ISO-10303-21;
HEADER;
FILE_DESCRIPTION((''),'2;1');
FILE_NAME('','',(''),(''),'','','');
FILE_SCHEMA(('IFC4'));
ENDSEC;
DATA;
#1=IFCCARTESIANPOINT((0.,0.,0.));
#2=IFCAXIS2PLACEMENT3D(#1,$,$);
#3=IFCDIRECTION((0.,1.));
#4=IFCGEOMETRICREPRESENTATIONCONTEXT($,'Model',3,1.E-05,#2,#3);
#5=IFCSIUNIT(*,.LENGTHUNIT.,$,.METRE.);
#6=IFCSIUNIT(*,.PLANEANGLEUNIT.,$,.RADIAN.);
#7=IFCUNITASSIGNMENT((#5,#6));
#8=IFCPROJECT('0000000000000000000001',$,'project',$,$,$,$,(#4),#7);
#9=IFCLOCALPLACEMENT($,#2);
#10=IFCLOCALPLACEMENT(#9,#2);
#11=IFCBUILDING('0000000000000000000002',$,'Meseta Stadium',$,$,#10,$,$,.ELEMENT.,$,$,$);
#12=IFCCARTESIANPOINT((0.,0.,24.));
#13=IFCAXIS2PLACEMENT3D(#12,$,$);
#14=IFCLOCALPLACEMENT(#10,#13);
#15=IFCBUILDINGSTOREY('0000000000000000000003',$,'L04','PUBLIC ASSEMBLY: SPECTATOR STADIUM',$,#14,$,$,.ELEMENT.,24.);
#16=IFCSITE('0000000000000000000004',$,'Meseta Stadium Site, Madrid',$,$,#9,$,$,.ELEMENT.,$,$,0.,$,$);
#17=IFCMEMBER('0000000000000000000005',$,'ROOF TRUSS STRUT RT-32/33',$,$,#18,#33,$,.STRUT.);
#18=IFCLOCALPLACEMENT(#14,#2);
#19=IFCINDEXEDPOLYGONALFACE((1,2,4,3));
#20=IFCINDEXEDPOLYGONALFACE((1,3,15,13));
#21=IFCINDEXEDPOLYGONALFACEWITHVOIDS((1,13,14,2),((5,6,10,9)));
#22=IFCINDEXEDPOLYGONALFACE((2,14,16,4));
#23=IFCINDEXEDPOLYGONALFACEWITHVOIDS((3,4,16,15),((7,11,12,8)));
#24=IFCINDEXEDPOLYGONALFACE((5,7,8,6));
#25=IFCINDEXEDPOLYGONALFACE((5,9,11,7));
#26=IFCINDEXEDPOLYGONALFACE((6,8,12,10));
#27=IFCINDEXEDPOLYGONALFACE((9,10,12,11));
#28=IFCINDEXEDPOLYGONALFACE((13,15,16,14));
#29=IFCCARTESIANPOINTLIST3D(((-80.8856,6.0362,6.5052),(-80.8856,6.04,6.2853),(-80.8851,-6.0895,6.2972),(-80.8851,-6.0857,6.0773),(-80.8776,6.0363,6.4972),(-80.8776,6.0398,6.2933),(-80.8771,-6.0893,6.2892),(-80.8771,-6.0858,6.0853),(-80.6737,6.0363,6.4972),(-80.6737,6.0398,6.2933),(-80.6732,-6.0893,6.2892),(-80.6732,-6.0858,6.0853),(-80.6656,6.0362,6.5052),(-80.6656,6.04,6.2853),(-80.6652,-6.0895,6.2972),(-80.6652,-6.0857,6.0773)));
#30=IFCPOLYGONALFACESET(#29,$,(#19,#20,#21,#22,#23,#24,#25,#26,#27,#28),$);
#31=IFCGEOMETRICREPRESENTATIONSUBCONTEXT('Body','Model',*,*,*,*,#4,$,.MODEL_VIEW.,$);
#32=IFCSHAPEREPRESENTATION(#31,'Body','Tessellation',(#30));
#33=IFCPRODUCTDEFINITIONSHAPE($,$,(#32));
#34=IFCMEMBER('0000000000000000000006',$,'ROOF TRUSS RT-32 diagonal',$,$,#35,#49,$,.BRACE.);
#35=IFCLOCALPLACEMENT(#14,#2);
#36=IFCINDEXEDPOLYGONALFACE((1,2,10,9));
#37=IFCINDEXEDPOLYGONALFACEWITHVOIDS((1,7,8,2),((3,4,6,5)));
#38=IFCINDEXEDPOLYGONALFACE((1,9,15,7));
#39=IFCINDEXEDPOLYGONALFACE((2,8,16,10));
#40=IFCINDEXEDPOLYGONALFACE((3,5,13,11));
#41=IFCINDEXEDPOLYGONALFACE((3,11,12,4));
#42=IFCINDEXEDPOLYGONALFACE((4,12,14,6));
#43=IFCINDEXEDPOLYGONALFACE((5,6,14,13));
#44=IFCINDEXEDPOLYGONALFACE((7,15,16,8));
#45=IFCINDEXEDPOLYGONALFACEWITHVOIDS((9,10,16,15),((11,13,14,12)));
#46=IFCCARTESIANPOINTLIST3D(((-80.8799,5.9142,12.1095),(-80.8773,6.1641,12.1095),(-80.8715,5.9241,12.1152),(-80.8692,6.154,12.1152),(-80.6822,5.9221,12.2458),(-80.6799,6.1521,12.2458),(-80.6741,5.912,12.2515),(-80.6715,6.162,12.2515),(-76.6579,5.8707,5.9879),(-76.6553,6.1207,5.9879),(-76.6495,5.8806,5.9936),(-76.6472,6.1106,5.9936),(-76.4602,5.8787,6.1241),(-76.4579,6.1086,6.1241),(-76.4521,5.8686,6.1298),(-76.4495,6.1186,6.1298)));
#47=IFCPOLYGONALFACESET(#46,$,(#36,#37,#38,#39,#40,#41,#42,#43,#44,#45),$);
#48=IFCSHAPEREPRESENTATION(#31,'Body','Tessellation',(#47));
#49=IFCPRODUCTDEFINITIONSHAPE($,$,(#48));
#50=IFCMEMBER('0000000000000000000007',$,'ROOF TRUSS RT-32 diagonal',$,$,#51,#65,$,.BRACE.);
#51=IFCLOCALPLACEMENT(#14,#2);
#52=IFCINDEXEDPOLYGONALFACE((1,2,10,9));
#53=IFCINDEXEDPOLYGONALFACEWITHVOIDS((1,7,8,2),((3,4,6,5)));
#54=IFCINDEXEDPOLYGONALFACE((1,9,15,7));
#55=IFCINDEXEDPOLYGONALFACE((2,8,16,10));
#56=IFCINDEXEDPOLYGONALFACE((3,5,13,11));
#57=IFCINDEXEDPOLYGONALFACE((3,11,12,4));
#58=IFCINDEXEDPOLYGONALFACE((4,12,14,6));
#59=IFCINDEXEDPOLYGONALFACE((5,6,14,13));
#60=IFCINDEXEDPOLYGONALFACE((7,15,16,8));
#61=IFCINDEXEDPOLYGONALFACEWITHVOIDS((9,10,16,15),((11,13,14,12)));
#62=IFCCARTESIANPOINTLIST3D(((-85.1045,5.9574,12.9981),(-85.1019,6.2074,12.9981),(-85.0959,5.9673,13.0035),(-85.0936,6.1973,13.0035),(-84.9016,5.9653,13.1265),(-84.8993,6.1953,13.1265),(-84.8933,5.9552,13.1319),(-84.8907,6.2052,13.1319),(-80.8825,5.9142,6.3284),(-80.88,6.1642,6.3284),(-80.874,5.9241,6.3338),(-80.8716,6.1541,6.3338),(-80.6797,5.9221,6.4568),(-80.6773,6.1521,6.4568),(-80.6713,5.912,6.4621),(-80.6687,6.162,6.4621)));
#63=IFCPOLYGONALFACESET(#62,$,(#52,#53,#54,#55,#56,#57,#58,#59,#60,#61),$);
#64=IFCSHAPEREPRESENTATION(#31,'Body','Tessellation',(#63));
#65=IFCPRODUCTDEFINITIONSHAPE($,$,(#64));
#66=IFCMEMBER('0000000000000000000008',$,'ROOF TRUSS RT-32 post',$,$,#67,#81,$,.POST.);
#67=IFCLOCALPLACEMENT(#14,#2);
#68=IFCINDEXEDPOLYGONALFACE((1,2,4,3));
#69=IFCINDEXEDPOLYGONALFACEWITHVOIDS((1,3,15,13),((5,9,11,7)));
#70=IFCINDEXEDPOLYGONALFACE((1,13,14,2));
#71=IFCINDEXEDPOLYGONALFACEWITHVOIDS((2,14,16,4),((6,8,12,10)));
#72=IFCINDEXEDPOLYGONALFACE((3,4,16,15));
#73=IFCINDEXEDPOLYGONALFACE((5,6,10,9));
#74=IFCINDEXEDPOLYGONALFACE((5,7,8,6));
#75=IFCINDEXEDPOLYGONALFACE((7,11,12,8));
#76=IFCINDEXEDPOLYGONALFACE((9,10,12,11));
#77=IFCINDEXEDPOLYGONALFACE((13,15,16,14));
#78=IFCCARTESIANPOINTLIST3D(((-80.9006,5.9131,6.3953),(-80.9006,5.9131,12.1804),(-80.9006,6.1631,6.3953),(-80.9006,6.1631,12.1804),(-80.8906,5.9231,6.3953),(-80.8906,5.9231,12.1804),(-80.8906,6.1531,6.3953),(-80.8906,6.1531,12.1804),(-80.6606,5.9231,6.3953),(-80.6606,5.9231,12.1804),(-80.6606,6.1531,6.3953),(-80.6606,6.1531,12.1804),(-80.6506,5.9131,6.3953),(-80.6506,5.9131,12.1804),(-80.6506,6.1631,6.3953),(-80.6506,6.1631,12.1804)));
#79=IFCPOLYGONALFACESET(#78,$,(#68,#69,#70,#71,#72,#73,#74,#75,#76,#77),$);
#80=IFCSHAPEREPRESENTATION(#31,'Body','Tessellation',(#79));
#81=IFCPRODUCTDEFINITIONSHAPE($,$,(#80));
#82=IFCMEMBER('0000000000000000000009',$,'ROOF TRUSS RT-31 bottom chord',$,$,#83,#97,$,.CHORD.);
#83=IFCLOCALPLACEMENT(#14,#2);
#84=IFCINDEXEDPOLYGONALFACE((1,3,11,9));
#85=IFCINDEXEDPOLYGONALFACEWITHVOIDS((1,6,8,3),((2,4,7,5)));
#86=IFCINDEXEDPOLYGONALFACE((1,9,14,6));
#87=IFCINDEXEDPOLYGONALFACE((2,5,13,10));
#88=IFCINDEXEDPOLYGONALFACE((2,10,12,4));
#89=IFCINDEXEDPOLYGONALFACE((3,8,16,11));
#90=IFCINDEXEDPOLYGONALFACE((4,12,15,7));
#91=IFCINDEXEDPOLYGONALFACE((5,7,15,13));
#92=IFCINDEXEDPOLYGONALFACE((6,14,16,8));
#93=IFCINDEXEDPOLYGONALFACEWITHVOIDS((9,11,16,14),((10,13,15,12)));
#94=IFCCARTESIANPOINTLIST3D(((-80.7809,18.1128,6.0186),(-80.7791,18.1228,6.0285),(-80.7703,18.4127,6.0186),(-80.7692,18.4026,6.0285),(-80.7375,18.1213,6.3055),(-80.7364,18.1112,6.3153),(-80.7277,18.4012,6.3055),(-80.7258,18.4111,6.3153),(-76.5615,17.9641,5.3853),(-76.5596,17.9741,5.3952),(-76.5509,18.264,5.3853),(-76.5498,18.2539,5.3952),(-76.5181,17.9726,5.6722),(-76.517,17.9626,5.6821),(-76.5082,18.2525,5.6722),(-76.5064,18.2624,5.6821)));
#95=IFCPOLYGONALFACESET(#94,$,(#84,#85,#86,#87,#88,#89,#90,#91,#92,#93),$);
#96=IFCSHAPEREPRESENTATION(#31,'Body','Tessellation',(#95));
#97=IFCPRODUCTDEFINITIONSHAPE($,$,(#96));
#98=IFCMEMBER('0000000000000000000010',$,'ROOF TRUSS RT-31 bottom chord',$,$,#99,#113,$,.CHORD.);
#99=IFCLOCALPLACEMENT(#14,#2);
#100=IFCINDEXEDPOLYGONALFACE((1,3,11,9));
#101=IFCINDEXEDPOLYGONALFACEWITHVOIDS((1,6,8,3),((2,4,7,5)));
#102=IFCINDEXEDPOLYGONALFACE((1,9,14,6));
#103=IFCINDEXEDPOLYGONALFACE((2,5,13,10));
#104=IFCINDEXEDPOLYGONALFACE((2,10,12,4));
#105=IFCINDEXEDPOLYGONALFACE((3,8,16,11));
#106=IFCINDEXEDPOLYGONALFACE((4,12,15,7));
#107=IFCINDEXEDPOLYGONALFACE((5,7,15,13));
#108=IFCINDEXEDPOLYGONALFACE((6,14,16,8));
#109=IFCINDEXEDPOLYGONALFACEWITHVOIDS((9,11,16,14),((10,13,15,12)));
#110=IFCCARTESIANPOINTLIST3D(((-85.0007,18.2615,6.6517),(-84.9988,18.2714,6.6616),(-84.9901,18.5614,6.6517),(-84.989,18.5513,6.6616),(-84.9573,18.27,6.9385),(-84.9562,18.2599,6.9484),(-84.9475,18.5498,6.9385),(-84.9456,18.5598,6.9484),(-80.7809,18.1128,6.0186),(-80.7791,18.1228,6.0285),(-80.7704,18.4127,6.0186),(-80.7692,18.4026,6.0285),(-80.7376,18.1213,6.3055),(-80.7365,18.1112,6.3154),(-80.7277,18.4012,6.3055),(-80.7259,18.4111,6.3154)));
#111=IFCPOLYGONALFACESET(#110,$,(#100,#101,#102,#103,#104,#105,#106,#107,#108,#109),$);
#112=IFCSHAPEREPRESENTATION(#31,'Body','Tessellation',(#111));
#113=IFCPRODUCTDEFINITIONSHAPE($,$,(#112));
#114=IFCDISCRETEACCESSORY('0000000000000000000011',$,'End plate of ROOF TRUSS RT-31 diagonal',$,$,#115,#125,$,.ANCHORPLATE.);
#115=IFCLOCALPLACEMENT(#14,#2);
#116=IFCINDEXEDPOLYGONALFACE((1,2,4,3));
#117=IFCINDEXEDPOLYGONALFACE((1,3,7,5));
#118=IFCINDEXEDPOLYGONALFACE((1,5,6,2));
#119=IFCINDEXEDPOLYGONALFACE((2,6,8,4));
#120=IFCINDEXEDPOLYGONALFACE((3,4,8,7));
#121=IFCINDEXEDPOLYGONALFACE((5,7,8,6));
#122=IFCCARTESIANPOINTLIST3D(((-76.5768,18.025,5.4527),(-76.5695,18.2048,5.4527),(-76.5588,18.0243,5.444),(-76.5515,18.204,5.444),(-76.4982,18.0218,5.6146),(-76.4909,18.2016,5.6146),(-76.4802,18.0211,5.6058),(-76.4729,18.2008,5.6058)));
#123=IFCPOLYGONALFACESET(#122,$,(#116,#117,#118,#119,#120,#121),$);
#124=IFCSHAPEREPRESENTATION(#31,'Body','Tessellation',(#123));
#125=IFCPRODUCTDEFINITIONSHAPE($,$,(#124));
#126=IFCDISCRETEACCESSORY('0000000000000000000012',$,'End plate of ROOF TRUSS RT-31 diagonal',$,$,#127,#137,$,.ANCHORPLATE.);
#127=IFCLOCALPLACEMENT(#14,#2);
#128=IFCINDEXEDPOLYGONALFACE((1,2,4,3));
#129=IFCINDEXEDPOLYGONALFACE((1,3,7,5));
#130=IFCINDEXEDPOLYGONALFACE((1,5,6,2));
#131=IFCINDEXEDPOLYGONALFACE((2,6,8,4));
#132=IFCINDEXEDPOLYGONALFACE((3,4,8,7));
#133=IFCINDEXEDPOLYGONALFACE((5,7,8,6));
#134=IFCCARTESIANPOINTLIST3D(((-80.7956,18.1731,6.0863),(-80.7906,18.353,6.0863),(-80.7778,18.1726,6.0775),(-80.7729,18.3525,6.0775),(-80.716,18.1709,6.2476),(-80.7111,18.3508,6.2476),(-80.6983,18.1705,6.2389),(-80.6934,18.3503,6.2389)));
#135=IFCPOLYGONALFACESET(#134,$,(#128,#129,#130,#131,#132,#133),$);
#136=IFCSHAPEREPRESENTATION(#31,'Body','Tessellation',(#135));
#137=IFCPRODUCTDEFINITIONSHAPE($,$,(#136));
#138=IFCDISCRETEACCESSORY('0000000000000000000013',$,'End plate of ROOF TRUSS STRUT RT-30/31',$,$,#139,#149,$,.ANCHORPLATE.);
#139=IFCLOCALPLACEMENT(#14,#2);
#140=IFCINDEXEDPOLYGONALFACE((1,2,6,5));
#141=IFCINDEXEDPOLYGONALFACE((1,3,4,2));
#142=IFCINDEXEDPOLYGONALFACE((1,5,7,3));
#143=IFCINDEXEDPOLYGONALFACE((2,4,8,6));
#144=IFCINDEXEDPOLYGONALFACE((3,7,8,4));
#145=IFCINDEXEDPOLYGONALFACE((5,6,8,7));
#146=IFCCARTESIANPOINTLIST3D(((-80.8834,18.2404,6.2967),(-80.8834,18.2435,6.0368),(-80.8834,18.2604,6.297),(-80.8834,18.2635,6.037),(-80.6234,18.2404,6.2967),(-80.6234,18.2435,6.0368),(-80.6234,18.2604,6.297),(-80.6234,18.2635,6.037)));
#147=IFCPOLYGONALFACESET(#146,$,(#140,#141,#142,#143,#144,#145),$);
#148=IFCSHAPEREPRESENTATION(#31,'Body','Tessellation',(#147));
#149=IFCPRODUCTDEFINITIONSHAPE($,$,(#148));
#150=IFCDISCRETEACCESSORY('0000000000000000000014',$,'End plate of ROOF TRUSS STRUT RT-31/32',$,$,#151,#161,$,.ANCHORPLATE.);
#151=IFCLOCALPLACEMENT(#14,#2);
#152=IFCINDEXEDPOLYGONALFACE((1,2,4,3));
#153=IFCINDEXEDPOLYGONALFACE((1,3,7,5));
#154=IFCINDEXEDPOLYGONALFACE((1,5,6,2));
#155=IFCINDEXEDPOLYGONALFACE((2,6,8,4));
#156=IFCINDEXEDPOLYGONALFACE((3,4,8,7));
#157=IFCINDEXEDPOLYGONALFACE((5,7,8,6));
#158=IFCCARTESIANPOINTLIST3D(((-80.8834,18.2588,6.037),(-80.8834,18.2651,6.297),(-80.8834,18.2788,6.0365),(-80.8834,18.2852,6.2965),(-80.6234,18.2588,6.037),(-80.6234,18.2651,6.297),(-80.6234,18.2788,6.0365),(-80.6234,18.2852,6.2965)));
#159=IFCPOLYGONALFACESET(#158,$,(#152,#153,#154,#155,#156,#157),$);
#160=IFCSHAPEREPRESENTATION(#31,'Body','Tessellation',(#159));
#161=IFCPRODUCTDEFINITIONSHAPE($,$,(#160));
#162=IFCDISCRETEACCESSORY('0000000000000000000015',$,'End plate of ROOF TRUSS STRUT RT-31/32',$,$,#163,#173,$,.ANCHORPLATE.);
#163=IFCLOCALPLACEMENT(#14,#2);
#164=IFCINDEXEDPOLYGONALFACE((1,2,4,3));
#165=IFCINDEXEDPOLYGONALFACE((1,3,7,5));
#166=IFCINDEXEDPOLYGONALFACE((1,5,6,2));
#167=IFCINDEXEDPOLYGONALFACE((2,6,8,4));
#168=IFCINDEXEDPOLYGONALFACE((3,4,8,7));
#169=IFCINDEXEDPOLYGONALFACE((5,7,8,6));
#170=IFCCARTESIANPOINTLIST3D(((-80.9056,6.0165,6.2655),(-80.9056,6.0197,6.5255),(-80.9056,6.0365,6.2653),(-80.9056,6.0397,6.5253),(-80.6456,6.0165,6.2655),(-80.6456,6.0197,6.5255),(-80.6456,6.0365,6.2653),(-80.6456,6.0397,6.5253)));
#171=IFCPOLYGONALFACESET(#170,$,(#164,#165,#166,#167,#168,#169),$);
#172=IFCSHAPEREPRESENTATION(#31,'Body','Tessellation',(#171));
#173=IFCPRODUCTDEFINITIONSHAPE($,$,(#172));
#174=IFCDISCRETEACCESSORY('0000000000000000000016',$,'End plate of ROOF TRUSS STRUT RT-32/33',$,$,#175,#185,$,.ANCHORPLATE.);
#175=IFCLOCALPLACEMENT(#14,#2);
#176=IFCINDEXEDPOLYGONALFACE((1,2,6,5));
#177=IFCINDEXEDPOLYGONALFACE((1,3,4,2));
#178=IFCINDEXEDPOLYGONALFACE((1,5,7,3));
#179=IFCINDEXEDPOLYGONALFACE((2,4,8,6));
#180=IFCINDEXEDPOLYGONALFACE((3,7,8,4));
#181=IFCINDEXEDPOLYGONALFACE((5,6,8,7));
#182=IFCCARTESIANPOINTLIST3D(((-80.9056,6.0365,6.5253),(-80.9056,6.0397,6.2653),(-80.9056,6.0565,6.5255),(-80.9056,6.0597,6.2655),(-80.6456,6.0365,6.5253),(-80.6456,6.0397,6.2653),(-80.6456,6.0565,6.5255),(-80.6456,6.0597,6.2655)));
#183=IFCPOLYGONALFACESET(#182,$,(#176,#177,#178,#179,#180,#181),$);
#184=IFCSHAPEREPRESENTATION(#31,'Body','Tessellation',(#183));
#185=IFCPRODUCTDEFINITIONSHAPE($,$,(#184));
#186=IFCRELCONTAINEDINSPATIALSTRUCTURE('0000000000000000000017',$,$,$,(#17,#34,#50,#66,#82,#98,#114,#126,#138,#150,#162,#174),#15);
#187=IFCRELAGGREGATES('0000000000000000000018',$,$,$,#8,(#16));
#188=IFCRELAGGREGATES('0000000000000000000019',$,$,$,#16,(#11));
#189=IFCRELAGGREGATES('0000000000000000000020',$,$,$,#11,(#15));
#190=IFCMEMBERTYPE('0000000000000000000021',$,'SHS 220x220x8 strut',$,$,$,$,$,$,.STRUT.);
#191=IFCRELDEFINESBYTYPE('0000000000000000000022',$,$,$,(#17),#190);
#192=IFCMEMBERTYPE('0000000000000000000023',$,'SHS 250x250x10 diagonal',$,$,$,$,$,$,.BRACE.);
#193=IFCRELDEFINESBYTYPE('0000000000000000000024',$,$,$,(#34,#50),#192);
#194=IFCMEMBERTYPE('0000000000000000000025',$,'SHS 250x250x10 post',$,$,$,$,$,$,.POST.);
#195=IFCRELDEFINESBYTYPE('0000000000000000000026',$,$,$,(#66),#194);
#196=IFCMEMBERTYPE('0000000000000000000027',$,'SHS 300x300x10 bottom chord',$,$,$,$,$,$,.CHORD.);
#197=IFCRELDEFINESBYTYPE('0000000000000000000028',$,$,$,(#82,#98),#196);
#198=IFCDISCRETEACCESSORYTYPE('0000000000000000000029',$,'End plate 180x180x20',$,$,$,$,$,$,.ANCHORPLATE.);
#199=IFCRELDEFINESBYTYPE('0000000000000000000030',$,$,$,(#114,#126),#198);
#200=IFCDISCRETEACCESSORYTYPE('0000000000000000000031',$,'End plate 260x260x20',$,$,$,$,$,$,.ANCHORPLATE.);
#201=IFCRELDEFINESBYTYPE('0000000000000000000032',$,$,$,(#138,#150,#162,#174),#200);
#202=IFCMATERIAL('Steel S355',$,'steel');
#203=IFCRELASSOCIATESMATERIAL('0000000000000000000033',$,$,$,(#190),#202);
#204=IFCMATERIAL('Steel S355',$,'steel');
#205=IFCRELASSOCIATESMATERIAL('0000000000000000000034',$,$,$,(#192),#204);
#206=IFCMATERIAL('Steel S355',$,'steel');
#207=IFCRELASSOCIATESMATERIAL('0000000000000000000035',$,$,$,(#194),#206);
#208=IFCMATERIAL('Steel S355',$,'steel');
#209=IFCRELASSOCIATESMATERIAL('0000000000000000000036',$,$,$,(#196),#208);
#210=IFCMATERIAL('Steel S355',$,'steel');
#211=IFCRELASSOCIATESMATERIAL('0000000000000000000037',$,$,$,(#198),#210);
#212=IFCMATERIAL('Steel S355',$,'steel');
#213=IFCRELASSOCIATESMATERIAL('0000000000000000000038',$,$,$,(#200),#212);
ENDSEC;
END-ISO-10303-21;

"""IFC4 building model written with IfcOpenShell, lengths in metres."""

from ifc_helpers import new_model, si_unit, direction, frame, origin, origin_2d, place, context, subcontext, project, spatial, rectangle, hollow_rectangle, extrude, material, material_profile, profile_set, type_object, element, save


model = new_model("IFC4")

# Units and contexts
model_context = context("Model", 3, precision=1e-05, world=origin(), true_north=direction((0.0, 1.0)))
body_context = subcontext(model_context, "Body", "Model", "MODEL_VIEW")
ifc_project = project(units=[si_unit("LENGTHUNIT", "METRE"), si_unit("PLANEANGLEUNIT", "RADIAN")], contexts=[model_context])

# Site, building, storey
site_placement = place(None, origin())
site = spatial("IfcSite", under=ifc_project, at=site_placement, Name="Meseta Stadium Site, Madrid", CompositionType="ELEMENT", RefElevation=0.0)
building_placement = place(site_placement, origin())
building = spatial("IfcBuilding", under=site, at=building_placement, Name="Meseta Stadium", CompositionType="ELEMENT")
storey_placement = place(building_placement, frame((0.0, 0.0, 24.0)))
storey = spatial("IfcBuildingStorey", under=building, at=storey_placement, Name="L04", Description="PUBLIC ASSEMBLY: SPECTATOR STADIUM", CompositionType="ELEMENT", Elevation=24.0)

# Members
ifc_material_1 = material(Name="Steel S355", Category="steel")
ifc_material_profile_1 = material_profile(ifc_material_1, hollow_rectangle(XDim=0.22, YDim=0.22, WallThickness=0.0081, at=origin_2d()), Name="SHS 220x220x8")
ifc_profile_set_1 = profile_set([ifc_material_profile_1], Name="Steel S355")
member_type_1 = type_object("IfcMemberType", Name="SHS 220x220x8 strut", PredefinedType="STRUT", material=ifc_profile_set_1)
member_1_placement = place(storey_placement, frame((-80.7756, 6.0381, 6.3953), z_axis=(0.00004, -0.999853, -0.017152), x_axis=(1.0, 0.00004, 0.0)))
element("IfcMember", 1, at=member_1_placement, inside=storey, type_object=member_type_1, Name="ROOF TRUSS STRUT RT-32/33", PredefinedType="STRUT", context=body_context, shape_type="SweptSolid", body=[
    extrude(hollow_rectangle(XDim=0.22, YDim=0.22, WallThickness=0.0081, at=origin_2d()), origin(), (0.0, 0.0, 1.0), 12.1274),
])
ifc_material_2 = material(Name="Steel S355", Category="steel")
ifc_material_profile_2 = material_profile(ifc_material_2, hollow_rectangle(XDim=0.25, YDim=0.25, WallThickness=0.01, at=origin_2d()), Name="SHS 250x250x10")
ifc_profile_set_2 = profile_set([ifc_material_profile_2], Name="Steel S355")
member_type_2 = type_object("IfcMemberType", Name="SHS 250x250x10 diagonal", PredefinedType="BRACE", material=ifc_profile_set_2)
member_2_placement = place(storey_placement, frame((-76.5537, 5.9946, 6.0588), z_axis=(-0.567736, 0.005844, 0.82319), x_axis=(-0.010293, -0.999947, 0.0)))
element("IfcMember", 2, at=member_2_placement, inside=storey, type_object=member_type_2, Name="ROOF TRUSS RT-32 diagonal", PredefinedType="BRACE", context=body_context, shape_type="SweptSolid", body=[
    extrude(hollow_rectangle(XDim=0.25, YDim=0.25, WallThickness=0.01, at=origin_2d()), origin(), (0.0, 0.0, 1.0), 7.4365),
])
member_3_placement = place(storey_placement, frame((-80.7756, 6.0381, 6.3953), z_axis=(-0.534845, 0.005474, 0.844933), x_axis=(-0.010235, -0.999948, 0.0)))
element("IfcMember", 3, at=member_3_placement, inside=storey, type_object=member_type_2, Name="ROOF TRUSS RT-32 diagonal", PredefinedType="BRACE", context=body_context, shape_type="SweptSolid", body=[
    extrude(hollow_rectangle(XDim=0.25, YDim=0.25, WallThickness=0.01, at=origin_2d()), origin(), (0.0, 0.0, 1.0), 7.8938),
])
ifc_material_3 = material(Name="Steel S355", Category="steel")
ifc_material_profile_3 = material_profile(ifc_material_3, hollow_rectangle(XDim=0.25, YDim=0.25, WallThickness=0.01, at=origin_2d()), Name="SHS 250x250x10")
ifc_profile_set_3 = profile_set([ifc_material_profile_3], Name="Steel S355")
member_type_3 = type_object("IfcMemberType", Name="SHS 250x250x10 post", PredefinedType="POST", material=ifc_profile_set_3)
member_4_placement = place(storey_placement, frame((-80.7756, 6.0381, 6.3953), z_axis=(0.0, 0.0, 1.0), x_axis=(1.0, 0.0, 0.0)))
element("IfcMember", 4, at=member_4_placement, inside=storey, type_object=member_type_3, Name="ROOF TRUSS RT-32 post", PredefinedType="POST", context=body_context, shape_type="SweptSolid", body=[
    extrude(hollow_rectangle(XDim=0.25, YDim=0.25, WallThickness=0.01, at=origin_2d()), origin(), (0.0, 0.0, 1.0), 5.7852),
])
ifc_material_4 = material(Name="Steel S355", Category="steel")
ifc_material_profile_4 = material_profile(ifc_material_4, hollow_rectangle(XDim=0.3, YDim=0.3, WallThickness=0.01, at=origin_2d()), Name="SHS 300x300x10")
ifc_profile_set_4 = profile_set([ifc_material_profile_4], Name="Steel S355")
member_type_4 = type_object("IfcMemberType", Name="SHS 300x300x10 bottom chord", PredefinedType="CHORD", material=ifc_profile_set_4)
member_5_placement = place(storey_placement, frame((-76.5339, 18.1133, 5.5337), z_axis=(-0.988323, 0.034825, 0.148337), x_axis=(-0.035215, -0.99938, 0.0)))
element("IfcMember", 5, at=member_5_placement, inside=storey, type_object=member_type_4, Name="ROOF TRUSS RT-31 bottom chord", PredefinedType="CHORD", context=body_context, shape_type="SweptSolid", body=[
    extrude(hollow_rectangle(XDim=0.3, YDim=0.3, WallThickness=0.01, at=origin_2d()), origin(), (0.0, 0.0, 1.0), 4.2693),
])
member_6_placement = place(storey_placement, frame((-80.7534, 18.262, 6.167), z_axis=(-0.988333, 0.034824, 0.148273), x_axis=(-0.035213, -0.99938, 0.0)))
element("IfcMember", 6, at=member_6_placement, inside=storey, type_object=member_type_4, Name="ROOF TRUSS RT-31 bottom chord", PredefinedType="CHORD", context=body_context, shape_type="SweptSolid", body=[
    extrude(hollow_rectangle(XDim=0.3, YDim=0.3, WallThickness=0.01, at=origin_2d()), origin(), (0.0, 0.0, 1.0), 4.2695),
])

# Discrete accessories
ifc_material_5 = material(Name="Steel S355", Category="steel")
ifc_material_profile_5 = material_profile(ifc_material_5, rectangle(XDim=0.1799, YDim=0.1799, at=origin_2d()), Name="PL 180x180")
ifc_profile_set_5 = profile_set([ifc_material_profile_5], Name="Steel S355")
discrete_accessory_type_1 = type_object("IfcDiscreteAccessoryType", Name="End plate 180x180x20", PredefinedType="ANCHORPLATE", material=ifc_profile_set_5)
discrete_accessory_1_placement = place(storey_placement, frame((-76.5159, 18.1125, 5.5249), z_axis=(-0.898638, 0.036431, 0.437175), x_axis=(-0.040507, -0.999179, 0.0)))
element("IfcDiscreteAccessory", 7, at=discrete_accessory_1_placement, inside=storey, type_object=discrete_accessory_type_1, Name="End plate of ROOF TRUSS RT-31 diagonal", PredefinedType="ANCHORPLATE", context=body_context, shape_type="SweptSolid", body=[
    extrude(rectangle(XDim=0.1799, YDim=0.1799, at=origin_2d()), origin(), (0.0, 0.0, 1.0), 0.02),
])
discrete_accessory_2_placement = place(storey_placement, frame((-80.7356, 18.2615, 6.1582), z_axis=(-0.8966, 0.024564, 0.442159), x_axis=(-0.027387, -0.999625, 0.0)))
element("IfcDiscreteAccessory", 8, at=discrete_accessory_2_placement, inside=storey, type_object=discrete_accessory_type_1, Name="End plate of ROOF TRUSS RT-31 diagonal", PredefinedType="ANCHORPLATE", context=body_context, shape_type="SweptSolid", body=[
    extrude(rectangle(XDim=0.1799, YDim=0.1799, at=origin_2d()), origin(), (0.0, 0.0, 1.0), 0.0198),
])
ifc_material_6 = material(Name="Steel S355", Category="steel")
ifc_material_profile_6 = material_profile(ifc_material_6, rectangle(XDim=0.26, YDim=0.26, at=origin_2d()), Name="PL 260x260")
ifc_profile_set_6 = profile_set([ifc_material_profile_6], Name="Steel S355")
discrete_accessory_type_2 = type_object("IfcDiscreteAccessoryType", Name="End plate 260x260x20", PredefinedType="ANCHORPLATE", material=ifc_profile_set_6)
for number, where, z_axis, x_axis, name in (
    (9, (-80.7534, 18.262, 6.167), (0.0, -0.999926, -0.012194), (1.0, 0.0, 0.0), "End plate of ROOF TRUSS STRUT RT-30/31"),
    (10, (-80.7534, 18.282, 6.1665), (0.0, -0.999703, 0.024383), (1.0, 0.0, 0.0), "End plate of ROOF TRUSS STRUT RT-31/32"),
    (11, (-80.7756, 6.0381, 6.3953), (0.0, -0.999926, 0.012194), (1.0, 0.0, 0.0), "End plate of ROOF TRUSS STRUT RT-31/32"),
    (12, (-80.7756, 6.0581, 6.3955), (0.0, -0.999926, -0.012194), (1.0, 0.0, 0.0), "End plate of ROOF TRUSS STRUT RT-32/33"),
):
    element("IfcDiscreteAccessory", number, at=place(storey_placement, frame(where, z_axis=z_axis, x_axis=x_axis)), inside=storey, type_object=discrete_accessory_type_2, Name=name, PredefinedType="ANCHORPLATE", context=body_context, shape_type="SweptSolid", body=[
        extrude(rectangle(XDim=0.26, YDim=0.26, at=origin_2d()), origin(), (0.0, 0.0, 1.0), 0.02),
    ])

save(model, "model.ifc")
